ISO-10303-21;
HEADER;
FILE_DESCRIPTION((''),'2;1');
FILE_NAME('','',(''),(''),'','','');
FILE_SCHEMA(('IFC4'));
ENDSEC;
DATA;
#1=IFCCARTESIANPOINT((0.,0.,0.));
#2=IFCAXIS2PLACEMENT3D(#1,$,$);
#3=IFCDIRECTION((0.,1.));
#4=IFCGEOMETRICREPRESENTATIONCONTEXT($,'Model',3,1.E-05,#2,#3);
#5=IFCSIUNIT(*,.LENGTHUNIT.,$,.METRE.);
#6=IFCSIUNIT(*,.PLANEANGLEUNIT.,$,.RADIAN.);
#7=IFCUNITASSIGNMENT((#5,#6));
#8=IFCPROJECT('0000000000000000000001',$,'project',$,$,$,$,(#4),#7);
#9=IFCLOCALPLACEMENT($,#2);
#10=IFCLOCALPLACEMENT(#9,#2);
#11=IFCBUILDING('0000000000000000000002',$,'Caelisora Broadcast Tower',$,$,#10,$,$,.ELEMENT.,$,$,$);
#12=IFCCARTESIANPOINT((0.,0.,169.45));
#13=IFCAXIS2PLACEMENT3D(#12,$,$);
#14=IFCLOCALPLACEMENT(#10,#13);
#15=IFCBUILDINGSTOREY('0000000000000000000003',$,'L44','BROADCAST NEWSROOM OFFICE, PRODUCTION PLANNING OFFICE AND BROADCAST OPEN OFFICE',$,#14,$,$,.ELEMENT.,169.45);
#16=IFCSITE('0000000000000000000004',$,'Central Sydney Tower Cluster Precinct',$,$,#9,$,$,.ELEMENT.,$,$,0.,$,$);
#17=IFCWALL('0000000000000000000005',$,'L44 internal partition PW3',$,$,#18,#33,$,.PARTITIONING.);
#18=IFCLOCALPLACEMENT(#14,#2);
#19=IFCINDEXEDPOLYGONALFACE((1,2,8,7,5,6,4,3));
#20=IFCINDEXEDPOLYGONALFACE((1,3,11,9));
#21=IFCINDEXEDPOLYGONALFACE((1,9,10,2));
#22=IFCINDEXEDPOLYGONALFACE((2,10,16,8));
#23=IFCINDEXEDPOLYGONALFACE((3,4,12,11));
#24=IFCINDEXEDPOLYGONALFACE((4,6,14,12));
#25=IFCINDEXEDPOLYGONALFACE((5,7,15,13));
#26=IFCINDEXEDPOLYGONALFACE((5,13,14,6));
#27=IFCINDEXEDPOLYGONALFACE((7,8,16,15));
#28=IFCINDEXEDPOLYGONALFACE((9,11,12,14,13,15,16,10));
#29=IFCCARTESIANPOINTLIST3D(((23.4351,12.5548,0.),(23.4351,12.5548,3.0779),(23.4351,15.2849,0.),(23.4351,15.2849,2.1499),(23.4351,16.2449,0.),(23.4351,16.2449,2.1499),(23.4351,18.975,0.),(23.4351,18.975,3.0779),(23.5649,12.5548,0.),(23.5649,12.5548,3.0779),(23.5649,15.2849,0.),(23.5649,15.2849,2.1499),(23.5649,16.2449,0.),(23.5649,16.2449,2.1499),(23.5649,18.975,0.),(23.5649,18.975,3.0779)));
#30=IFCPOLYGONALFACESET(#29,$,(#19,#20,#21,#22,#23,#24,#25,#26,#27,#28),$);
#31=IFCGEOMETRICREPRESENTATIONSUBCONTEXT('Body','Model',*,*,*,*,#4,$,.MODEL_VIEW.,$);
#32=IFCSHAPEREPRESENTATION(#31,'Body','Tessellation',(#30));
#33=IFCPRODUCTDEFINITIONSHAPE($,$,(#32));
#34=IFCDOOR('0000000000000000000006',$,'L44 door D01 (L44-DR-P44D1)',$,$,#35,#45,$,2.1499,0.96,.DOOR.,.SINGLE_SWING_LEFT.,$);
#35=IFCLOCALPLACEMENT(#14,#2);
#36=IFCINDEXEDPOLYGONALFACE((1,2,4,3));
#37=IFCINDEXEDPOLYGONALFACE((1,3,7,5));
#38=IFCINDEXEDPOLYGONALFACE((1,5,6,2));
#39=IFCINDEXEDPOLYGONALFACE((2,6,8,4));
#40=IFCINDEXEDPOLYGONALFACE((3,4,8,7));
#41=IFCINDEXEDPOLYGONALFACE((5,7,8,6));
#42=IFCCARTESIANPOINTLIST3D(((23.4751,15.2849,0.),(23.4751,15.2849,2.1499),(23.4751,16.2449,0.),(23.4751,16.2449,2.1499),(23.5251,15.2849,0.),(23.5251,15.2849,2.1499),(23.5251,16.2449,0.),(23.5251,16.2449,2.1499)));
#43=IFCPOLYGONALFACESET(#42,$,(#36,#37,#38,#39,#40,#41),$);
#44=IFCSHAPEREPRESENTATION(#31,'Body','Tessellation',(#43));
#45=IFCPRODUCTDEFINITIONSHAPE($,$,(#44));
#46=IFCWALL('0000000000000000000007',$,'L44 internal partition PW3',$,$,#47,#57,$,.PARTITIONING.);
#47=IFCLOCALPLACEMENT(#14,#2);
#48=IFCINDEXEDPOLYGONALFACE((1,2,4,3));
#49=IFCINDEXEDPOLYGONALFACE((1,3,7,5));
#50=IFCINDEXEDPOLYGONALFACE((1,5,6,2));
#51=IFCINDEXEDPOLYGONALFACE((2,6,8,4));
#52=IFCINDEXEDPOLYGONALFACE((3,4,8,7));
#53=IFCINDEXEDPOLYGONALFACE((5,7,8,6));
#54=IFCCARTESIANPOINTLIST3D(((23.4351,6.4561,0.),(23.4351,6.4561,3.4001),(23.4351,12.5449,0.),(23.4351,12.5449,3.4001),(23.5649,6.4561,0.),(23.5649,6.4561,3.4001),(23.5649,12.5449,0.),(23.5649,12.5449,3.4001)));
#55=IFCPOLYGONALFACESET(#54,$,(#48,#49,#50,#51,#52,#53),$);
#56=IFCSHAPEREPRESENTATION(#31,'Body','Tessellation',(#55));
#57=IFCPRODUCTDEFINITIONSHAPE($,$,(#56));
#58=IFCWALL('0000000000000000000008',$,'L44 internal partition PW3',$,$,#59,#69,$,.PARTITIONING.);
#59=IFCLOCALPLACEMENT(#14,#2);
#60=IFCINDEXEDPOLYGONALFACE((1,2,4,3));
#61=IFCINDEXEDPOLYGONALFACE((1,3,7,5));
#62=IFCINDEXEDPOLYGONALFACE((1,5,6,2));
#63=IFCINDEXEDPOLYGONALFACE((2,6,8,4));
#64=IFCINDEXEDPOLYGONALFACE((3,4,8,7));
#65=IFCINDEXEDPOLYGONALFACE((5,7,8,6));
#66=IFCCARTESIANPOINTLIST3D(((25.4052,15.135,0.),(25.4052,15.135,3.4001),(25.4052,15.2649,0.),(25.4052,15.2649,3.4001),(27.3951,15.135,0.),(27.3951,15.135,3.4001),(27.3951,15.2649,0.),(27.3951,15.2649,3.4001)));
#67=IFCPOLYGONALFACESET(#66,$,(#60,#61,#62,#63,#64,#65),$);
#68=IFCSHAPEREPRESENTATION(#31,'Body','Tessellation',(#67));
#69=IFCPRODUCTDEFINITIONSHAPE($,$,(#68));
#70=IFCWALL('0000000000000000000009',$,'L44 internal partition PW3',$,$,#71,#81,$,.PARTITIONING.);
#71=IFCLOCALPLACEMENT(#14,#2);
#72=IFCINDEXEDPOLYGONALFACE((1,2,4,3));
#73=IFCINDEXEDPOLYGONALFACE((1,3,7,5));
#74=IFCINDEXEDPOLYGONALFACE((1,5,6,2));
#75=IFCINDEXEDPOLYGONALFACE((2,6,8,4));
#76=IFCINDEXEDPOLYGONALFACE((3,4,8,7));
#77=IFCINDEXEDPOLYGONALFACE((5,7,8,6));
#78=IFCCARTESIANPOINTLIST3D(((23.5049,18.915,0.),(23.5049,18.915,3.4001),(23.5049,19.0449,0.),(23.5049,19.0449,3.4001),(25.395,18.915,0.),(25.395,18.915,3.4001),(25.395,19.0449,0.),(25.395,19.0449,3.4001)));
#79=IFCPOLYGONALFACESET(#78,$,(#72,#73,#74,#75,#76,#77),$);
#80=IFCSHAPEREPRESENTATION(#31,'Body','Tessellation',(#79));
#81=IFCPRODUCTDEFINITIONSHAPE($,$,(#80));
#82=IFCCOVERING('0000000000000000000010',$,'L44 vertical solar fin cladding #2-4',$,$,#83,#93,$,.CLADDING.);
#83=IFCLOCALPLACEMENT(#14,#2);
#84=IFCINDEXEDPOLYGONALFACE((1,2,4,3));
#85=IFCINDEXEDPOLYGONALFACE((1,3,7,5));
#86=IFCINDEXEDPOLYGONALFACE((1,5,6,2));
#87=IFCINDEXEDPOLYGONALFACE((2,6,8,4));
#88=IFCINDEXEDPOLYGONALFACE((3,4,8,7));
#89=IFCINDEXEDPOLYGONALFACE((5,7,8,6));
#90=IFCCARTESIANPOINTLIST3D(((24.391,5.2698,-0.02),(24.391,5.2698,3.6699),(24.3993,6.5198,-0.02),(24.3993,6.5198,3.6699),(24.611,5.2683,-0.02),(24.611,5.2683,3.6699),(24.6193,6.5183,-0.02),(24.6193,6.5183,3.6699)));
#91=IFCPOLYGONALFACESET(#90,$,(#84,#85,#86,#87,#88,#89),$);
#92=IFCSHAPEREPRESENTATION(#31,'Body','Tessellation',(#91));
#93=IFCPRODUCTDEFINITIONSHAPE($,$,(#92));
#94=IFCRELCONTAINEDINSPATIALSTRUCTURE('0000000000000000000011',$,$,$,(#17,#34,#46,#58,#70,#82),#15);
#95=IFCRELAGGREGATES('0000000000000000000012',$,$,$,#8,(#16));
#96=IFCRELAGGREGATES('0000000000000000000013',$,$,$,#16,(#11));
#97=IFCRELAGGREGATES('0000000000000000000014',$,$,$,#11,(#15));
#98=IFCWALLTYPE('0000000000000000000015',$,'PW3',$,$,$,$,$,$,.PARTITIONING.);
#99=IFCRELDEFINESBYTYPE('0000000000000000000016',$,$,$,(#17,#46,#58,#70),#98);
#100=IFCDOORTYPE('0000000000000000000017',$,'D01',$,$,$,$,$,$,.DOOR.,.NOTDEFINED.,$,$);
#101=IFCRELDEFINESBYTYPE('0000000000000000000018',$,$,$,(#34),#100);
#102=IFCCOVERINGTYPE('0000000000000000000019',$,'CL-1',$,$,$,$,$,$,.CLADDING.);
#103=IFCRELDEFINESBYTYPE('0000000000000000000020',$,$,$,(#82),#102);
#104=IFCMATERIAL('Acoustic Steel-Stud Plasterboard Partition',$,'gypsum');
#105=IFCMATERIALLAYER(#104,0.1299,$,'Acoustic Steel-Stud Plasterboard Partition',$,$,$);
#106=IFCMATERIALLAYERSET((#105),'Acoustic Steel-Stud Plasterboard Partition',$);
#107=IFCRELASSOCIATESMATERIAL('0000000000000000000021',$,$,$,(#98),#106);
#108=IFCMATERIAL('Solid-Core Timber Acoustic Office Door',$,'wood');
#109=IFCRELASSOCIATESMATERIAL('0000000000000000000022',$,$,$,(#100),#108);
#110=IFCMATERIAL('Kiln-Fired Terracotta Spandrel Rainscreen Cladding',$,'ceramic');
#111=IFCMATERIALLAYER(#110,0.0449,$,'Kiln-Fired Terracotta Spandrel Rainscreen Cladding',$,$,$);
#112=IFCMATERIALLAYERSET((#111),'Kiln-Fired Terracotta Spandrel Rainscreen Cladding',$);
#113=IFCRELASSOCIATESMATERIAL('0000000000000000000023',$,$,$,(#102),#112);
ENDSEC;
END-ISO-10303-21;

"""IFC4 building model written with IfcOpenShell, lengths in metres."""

from ifc_helpers import new_model, si_unit, direction, frame, frame_2d, origin, origin_2d, place, context, subcontext, project, spatial, rectangle, extrude, source, transform, mapped, material, layer, layer_set, type_object, type_shapes, element, fill, save


model = new_model("IFC4")

# Units and contexts
model_context = context("Model", 3, precision=1e-05, world=origin(), true_north=direction((0.0, 1.0)))
body_context = subcontext(model_context, "Body", "Model", "MODEL_VIEW")
ifc_project = project(units=[si_unit("LENGTHUNIT", "METRE"), si_unit("PLANEANGLEUNIT", "RADIAN")], contexts=[model_context])

# Site, building, storey
site_placement = place(None, origin())
site = spatial("IfcSite", under=ifc_project, at=site_placement, Name="Central Sydney Tower Cluster Precinct", CompositionType="ELEMENT", RefElevation=0.0)
building_placement = place(site_placement, origin())
building = spatial("IfcBuilding", under=site, at=building_placement, Name="Caelisora Broadcast Tower", CompositionType="ELEMENT")
storey_placement = place(building_placement, frame((0.0, 0.0, 169.45)))
storey = spatial("IfcBuildingStorey", under=building, at=storey_placement, Name="L44", Description="BROADCAST NEWSROOM OFFICE, PRODUCTION PLANNING OFFICE AND BROADCAST OPEN OFFICE", CompositionType="ELEMENT", Elevation=169.45)

# Wall, opening, door
ifc_material_1 = material(Name="Acoustic Steel-Stud Plasterboard Partition", Category="gypsum")
ifc_layer_1 = layer(ifc_material_1, 0.1299, Name="Acoustic Steel-Stud Plasterboard Partition")
ifc_layer_set_1 = layer_set([ifc_layer_1], Name="Acoustic Steel-Stud Plasterboard Partition")
wall_type = type_object("IfcWallType", Name="PW3", PredefinedType="PARTITIONING", material=ifc_layer_set_1)
ifc_material_2 = material(Name="Solid-Core Timber Acoustic Office Door", Category="wood")
door_type = type_object("IfcDoorType", Name="D01", OperationType="NOTDEFINED", PredefinedType="DOOR", material=ifc_material_2)
wall_1_placement = place(storey_placement, frame((23.5, 12.5549, 0.0), z_axis=(0.0, 0.0, 1.0), x_axis=(0.0, 1.0, 0.0)))
wall_1 = element("IfcWall", 1, at=wall_1_placement, inside=storey, type_object=wall_type, Name="L44 internal partition PW3", PredefinedType="PARTITIONING", context=body_context, shape_type="SweptSolid", body=[
    extrude(rectangle(XDim=6.4202, YDim=0.1299, at=frame_2d((3.21, 0.0))), origin(), (0.0, 0.0, 1.0), 3.0779),
])
opening_1_placement = place(wall_1_placement, frame((2.73, 0.0, 0.0)))
opening_1 = element("IfcOpeningElement", 2, at=opening_1_placement, cuts=wall_1, PredefinedType="OPENING", context=body_context, shape_type="SweptSolid", body=[
    extrude(rectangle(XDim=0.96, YDim=2.1499, at=frame_2d((0.48, 1.075))), frame((0.0, 0.0769, 0.0), z_axis=(0.0, -1.0, 0.0), x_axis=(1.0, 0.0, 0.0)), (0.0, 0.0, 1.0), 0.1538),
])
door_1_placement = place(opening_1_placement, origin())
door_1 = element("IfcDoor", 3, at=door_1_placement, inside=storey, type_object=door_type, Name="L44 door D01 (L44-DR-P44D1)", OperationType="SINGLE_SWING_LEFT", OverallHeight=2.1499, OverallWidth=0.96, PredefinedType="DOOR", context=body_context, shape_type="SweptSolid", body=[
    extrude(rectangle(XDim=0.96, YDim=2.1499, at=frame_2d((0.48, 1.075))), frame((0.0, 0.0249, 0.0), z_axis=(0.0, -1.0, 0.0), x_axis=(1.0, 0.0, 0.0)), (0.0, 0.0, 1.0), 0.05),
])
fill(opening_1, door_1)

# Wall
wall_2_placement = place(storey_placement, frame((23.5, 6.4561, 0.0), z_axis=(0.0, 0.0, 1.0), x_axis=(0.0, 1.0, 0.0)))
element("IfcWall", 4, at=wall_2_placement, inside=storey, type_object=wall_type, Name="L44 internal partition PW3", PredefinedType="PARTITIONING", context=body_context, shape_type="SweptSolid", body=[
    extrude(rectangle(XDim=6.0889, YDim=0.1299, at=frame_2d((3.0444, 0.0))), origin(), (0.0, 0.0, 1.0), 3.4001),
])

# Walls
wall_3_placement = place(storey_placement, frame((25.405, 15.2, 0.0), z_axis=(0.0, 0.0, 1.0), x_axis=(1.0, 0.0, 0.0)))
element("IfcWall", 5, at=wall_3_placement, inside=storey, type_object=wall_type, Name="L44 internal partition PW3", PredefinedType="PARTITIONING", context=body_context, shape_type="SweptSolid", body=[
    extrude(rectangle(XDim=1.99, YDim=0.1299, at=frame_2d((0.9951, 0.0))), origin(), (0.0, 0.0, 1.0), 3.4001),
])
wall_4_placement = place(storey_placement, frame((23.5049, 18.98, 0.0), z_axis=(0.0, 0.0, 1.0), x_axis=(1.0, 0.0, 0.0)))
element("IfcWall", 6, at=wall_4_placement, inside=storey, type_object=wall_type, Name="L44 internal partition PW3", PredefinedType="PARTITIONING", context=body_context, shape_type="SweptSolid", body=[
    extrude(rectangle(XDim=1.8901, YDim=0.1299, at=frame_2d((0.9451, 0.0))), origin(), (0.0, 0.0, 1.0), 3.4001),
])

# Covering
ifc_material_3 = material(Name="Kiln-Fired Terracotta Spandrel Rainscreen Cladding", Category="ceramic")
ifc_layer_2 = layer(ifc_material_3, 0.0449, Name="Kiln-Fired Terracotta Spandrel Rainscreen Cladding")
ifc_layer_set_2 = layer_set([ifc_layer_2], Name="Kiln-Fired Terracotta Spandrel Rainscreen Cladding")
covering_type = type_object("IfcCoveringType", Name="CL-1", PredefinedType="CLADDING", material=ifc_layer_set_2)
shared_shape_1 = source(origin(), body_context, "Body", "SweptSolid", [
    extrude(rectangle(XDim=0.22, YDim=1.25, at=origin_2d()), origin(), (0.0, 0.0, 1.0), 3.6899),
])
type_shapes(covering_type, [shared_shape_1])
covering_placement = place(storey_placement, frame((24.5051, 5.894, -0.02), z_axis=(0.0, 0.0, 1.0), x_axis=(-0.999978, 0.006632, 0.0)))
element("IfcCovering", 7, at=covering_placement, inside=storey, type_object=covering_type, Name="L44 vertical solar fin cladding #2-4", PredefinedType="CLADDING", context=body_context, shape_type="MappedRepresentation", body=[
    mapped(shared_shape_1, transform((0.0, 0.0, 0.0), scale=1.0)),
])

save(model, "model.ifc")
